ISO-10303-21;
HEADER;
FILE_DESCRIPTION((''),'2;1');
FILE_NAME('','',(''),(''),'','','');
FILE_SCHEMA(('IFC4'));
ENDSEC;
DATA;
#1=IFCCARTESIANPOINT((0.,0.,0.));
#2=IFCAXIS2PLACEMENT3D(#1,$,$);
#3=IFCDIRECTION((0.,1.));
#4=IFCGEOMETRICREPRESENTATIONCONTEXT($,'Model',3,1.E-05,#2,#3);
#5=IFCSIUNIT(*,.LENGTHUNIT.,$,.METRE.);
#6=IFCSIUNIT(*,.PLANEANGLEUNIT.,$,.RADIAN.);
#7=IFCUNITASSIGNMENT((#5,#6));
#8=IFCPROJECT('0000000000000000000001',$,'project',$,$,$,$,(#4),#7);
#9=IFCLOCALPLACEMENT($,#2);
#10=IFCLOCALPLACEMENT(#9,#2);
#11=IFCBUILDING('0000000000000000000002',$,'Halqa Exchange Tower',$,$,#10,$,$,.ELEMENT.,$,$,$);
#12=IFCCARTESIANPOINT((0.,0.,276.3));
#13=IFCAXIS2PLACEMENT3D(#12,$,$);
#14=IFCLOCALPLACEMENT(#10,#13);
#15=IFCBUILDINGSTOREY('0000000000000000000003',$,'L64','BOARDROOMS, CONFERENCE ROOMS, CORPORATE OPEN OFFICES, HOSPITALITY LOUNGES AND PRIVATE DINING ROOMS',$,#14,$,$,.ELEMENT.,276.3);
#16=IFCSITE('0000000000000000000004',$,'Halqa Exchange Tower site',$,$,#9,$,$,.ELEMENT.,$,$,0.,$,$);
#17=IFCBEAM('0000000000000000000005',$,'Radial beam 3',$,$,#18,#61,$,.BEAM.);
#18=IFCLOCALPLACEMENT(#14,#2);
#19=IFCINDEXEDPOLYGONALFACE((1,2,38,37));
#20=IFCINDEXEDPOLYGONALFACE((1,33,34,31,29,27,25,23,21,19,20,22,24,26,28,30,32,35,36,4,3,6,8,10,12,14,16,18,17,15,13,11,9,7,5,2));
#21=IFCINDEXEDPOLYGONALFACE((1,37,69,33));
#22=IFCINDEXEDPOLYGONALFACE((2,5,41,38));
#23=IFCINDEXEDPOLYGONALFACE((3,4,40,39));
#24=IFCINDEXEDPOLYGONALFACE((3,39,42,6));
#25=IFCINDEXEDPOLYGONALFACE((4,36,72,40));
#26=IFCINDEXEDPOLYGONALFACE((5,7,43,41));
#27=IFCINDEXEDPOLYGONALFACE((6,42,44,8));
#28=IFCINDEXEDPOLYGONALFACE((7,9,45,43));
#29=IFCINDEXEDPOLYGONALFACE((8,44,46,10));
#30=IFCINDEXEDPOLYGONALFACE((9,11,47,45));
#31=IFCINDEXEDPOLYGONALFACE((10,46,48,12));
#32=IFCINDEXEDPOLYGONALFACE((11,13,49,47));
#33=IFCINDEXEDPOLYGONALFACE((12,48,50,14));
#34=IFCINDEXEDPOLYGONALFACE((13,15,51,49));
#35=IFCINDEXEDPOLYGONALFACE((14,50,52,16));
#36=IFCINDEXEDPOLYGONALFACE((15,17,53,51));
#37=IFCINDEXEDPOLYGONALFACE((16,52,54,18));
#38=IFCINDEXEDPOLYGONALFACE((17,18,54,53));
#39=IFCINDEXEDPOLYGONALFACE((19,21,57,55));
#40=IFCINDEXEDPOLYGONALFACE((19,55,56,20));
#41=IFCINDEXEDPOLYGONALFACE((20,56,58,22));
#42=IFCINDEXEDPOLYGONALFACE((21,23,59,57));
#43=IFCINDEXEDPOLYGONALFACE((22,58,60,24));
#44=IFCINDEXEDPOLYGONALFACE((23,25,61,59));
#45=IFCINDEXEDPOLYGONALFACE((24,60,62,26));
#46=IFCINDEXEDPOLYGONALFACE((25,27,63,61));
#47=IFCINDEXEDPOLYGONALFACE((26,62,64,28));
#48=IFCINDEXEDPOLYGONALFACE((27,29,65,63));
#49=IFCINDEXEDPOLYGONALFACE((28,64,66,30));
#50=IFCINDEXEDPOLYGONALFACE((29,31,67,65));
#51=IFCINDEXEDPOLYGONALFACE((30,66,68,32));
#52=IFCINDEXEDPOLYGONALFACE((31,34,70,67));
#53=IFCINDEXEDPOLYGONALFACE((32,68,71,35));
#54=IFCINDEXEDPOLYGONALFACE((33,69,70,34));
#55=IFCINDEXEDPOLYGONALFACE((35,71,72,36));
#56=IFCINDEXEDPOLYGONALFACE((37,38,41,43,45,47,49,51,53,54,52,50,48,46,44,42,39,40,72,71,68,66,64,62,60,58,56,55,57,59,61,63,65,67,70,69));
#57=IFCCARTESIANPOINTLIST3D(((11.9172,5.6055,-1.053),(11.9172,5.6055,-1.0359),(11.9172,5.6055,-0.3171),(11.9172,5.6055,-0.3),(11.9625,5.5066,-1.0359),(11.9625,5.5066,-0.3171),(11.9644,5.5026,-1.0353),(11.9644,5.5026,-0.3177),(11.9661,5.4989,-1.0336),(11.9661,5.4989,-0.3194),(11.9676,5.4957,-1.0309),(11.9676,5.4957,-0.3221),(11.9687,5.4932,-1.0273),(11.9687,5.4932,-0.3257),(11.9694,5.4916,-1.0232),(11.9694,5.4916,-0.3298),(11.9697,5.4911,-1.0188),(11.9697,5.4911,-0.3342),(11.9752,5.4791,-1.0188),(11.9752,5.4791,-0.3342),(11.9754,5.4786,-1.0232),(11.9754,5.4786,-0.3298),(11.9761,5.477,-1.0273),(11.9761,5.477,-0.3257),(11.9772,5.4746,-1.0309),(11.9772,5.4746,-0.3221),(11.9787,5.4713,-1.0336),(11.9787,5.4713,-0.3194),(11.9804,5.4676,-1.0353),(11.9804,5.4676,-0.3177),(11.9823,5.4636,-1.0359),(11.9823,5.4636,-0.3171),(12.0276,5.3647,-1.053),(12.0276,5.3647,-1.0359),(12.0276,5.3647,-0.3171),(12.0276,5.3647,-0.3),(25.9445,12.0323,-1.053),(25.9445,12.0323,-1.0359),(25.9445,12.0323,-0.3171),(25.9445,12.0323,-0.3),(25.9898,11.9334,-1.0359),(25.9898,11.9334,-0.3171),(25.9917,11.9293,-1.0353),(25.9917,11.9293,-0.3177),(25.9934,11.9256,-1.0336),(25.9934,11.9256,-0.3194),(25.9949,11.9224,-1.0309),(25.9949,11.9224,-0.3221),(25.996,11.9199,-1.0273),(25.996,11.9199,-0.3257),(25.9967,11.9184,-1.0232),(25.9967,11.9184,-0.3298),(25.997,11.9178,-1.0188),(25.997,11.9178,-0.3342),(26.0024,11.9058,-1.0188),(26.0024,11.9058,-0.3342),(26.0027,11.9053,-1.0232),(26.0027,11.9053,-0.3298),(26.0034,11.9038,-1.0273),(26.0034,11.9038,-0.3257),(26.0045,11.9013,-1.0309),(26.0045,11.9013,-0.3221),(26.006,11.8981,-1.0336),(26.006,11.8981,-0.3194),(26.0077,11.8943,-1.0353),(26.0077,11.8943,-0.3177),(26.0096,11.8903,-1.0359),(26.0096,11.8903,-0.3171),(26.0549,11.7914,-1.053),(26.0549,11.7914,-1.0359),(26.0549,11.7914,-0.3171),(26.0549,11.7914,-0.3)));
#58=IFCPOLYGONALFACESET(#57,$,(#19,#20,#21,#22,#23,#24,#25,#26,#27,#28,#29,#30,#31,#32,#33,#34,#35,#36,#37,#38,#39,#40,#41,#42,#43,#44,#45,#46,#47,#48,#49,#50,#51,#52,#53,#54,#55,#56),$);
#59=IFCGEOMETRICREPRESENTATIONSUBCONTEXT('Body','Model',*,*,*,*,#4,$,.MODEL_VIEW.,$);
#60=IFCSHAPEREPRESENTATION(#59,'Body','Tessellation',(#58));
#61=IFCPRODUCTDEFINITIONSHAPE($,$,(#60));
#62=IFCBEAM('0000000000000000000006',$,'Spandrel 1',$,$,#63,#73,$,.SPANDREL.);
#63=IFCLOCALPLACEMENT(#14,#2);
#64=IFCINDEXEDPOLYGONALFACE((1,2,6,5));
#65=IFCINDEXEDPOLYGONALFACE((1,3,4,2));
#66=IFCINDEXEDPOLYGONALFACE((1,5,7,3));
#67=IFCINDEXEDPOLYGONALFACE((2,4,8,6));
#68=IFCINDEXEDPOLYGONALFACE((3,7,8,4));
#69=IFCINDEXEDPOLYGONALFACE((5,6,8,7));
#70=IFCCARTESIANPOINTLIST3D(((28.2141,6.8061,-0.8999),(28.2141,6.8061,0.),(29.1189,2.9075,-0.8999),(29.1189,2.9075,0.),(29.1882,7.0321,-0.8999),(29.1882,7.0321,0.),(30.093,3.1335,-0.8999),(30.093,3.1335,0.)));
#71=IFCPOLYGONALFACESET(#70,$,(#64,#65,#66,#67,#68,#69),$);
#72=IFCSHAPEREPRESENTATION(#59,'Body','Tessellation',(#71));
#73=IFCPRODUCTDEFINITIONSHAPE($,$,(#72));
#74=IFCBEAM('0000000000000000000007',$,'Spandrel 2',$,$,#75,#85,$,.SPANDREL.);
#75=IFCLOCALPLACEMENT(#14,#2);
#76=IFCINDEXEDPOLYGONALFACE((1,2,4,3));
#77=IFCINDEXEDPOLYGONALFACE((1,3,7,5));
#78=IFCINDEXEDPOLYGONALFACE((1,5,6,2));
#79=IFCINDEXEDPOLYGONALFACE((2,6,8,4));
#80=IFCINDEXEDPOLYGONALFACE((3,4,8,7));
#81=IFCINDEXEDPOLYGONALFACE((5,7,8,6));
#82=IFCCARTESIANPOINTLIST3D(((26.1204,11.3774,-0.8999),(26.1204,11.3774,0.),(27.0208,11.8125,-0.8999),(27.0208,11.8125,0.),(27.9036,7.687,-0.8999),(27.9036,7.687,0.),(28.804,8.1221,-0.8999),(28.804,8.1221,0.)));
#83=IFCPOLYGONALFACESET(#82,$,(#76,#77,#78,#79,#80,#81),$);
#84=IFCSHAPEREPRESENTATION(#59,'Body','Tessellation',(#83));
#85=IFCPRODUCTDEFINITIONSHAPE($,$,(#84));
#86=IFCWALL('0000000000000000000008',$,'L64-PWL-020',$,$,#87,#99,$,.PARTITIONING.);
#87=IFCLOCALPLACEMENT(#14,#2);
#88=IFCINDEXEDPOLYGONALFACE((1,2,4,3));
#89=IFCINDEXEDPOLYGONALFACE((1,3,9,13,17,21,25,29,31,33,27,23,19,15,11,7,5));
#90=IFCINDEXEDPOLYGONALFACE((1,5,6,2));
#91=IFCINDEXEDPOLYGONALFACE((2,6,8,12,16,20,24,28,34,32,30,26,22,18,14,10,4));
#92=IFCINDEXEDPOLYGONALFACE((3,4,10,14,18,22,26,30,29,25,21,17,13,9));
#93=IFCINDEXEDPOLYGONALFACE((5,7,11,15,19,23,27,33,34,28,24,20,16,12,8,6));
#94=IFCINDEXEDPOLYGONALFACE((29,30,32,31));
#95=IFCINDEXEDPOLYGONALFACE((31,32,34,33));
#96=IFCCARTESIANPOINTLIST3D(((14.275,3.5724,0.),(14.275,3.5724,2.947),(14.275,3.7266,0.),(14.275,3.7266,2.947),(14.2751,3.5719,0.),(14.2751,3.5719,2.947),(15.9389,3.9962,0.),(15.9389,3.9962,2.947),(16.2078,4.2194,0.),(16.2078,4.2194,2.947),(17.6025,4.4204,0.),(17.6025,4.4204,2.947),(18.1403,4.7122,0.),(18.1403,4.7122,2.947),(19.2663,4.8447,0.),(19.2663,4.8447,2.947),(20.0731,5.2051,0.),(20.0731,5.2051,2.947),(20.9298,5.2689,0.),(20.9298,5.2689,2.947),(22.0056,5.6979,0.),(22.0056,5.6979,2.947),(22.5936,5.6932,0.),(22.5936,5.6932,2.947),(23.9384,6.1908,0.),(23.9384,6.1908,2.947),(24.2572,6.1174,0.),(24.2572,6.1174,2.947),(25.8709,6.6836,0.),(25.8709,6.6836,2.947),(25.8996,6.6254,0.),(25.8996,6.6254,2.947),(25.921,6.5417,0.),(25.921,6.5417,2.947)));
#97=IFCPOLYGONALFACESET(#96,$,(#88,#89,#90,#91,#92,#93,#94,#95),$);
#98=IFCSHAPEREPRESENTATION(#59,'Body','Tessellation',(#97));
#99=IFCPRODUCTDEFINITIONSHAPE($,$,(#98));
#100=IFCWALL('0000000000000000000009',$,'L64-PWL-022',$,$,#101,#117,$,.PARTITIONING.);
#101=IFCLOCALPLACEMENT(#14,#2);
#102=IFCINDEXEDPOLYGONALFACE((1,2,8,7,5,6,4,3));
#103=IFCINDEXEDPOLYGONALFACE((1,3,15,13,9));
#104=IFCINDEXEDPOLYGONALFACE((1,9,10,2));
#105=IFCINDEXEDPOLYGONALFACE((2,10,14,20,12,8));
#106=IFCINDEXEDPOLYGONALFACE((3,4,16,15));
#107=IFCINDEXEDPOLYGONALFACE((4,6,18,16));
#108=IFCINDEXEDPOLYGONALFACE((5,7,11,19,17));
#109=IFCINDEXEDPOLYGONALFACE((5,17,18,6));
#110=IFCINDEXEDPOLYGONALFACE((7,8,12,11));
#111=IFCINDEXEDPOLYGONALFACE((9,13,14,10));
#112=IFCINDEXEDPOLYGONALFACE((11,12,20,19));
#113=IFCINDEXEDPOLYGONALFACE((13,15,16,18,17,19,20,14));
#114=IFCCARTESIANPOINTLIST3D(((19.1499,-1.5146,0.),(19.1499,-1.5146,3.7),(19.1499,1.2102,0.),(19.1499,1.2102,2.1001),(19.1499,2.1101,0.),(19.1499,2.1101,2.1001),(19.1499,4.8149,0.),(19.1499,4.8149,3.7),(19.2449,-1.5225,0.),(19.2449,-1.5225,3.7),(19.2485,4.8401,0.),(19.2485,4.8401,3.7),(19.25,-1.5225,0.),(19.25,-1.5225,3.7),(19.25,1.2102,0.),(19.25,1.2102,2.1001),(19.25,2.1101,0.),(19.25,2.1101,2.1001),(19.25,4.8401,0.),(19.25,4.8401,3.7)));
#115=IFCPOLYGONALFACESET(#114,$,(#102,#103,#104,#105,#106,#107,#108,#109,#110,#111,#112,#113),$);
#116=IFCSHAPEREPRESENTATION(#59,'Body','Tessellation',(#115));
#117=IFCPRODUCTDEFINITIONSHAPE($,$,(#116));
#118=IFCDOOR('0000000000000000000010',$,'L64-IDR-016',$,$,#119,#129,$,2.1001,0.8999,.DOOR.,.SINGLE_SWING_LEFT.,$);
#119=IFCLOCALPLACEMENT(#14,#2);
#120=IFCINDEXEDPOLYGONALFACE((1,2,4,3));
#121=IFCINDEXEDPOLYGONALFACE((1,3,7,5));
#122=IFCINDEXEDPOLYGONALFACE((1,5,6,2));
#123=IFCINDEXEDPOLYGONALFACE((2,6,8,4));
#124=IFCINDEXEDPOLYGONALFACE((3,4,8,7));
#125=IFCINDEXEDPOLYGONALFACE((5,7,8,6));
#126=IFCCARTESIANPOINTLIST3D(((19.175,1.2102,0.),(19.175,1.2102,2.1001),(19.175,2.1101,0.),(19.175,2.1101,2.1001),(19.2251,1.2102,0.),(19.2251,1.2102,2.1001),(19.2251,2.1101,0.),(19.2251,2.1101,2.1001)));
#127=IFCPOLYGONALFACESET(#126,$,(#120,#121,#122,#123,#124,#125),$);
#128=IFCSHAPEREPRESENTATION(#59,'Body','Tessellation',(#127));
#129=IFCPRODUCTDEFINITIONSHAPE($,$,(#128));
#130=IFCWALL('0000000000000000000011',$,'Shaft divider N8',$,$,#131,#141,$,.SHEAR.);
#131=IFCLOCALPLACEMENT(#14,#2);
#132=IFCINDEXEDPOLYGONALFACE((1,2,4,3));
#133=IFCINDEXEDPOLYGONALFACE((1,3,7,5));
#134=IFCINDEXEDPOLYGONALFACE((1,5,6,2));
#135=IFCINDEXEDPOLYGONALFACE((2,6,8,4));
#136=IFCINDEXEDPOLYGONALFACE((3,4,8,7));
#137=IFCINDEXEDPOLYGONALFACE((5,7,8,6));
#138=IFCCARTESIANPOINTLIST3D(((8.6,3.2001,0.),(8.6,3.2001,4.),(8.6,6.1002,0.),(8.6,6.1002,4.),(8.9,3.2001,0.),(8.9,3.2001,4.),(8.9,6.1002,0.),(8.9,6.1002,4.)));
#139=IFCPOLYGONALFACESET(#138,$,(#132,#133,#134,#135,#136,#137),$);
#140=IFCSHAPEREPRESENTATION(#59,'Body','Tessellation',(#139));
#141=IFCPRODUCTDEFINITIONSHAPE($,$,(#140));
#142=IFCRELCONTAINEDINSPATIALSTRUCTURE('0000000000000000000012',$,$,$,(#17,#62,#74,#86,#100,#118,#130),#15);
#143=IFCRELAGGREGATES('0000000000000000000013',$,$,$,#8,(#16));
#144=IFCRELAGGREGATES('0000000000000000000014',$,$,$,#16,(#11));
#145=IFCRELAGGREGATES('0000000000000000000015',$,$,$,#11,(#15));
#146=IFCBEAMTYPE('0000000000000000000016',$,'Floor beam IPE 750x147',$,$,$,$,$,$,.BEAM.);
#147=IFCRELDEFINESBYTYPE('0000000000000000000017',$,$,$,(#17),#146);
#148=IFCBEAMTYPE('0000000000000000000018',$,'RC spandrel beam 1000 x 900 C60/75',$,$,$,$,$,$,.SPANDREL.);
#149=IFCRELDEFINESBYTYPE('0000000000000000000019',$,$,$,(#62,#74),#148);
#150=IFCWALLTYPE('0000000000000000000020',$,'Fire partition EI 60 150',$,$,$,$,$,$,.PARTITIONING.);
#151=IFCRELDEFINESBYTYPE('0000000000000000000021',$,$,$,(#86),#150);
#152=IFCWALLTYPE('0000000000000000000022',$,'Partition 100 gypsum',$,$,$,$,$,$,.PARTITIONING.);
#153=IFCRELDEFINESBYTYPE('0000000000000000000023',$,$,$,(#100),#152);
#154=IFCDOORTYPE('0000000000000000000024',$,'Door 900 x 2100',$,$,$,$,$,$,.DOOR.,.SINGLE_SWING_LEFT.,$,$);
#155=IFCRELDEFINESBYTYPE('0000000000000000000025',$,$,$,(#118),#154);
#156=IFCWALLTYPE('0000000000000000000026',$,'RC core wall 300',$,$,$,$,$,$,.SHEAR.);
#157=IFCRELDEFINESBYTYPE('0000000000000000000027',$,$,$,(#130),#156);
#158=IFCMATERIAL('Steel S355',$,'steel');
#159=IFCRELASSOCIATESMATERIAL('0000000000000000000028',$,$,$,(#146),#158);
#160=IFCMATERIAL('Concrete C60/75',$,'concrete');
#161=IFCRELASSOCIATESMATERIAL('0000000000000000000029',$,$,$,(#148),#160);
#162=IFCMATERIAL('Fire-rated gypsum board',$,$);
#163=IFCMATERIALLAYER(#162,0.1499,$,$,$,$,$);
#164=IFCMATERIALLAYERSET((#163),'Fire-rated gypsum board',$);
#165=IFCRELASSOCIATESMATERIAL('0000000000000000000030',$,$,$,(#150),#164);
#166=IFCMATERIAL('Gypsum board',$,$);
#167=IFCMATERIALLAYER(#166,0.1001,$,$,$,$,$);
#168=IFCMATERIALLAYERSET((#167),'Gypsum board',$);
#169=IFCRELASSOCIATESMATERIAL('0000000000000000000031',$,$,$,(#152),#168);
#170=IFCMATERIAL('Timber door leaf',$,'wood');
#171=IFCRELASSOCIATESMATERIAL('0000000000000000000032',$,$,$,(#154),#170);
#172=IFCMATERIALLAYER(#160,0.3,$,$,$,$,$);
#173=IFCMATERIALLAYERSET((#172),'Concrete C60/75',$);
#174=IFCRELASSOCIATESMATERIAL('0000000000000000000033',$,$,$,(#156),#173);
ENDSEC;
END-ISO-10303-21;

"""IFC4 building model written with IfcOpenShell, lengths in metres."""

from ifc_helpers import new_model, si_unit, direction, frame, frame_2d, origin, origin_2d, place, context, subcontext, project, spatial, polyline, rectangle, i_section, outline, extrude, material, layer, layer_set, material_profile, profile_set, type_object, element, fill, save


model = new_model("IFC4")

# Units and contexts
model_context = context("Model", 3, precision=1e-05, world=origin(), true_north=direction((0.0, 1.0)))
body_context = subcontext(model_context, "Body", "Model", "MODEL_VIEW")
ifc_project = project(units=[si_unit("LENGTHUNIT", "METRE"), si_unit("PLANEANGLEUNIT", "RADIAN")], contexts=[model_context])

# Site, building, storey
site_placement = place(None, origin())
site = spatial("IfcSite", under=ifc_project, at=site_placement, Name="Halqa Exchange Tower site", CompositionType="ELEMENT", RefElevation=0.0)
building_placement = place(site_placement, origin())
building = spatial("IfcBuilding", under=site, at=building_placement, Name="Halqa Exchange Tower", CompositionType="ELEMENT")
storey_placement = place(building_placement, frame((0.0, 0.0, 276.3)))
storey = spatial("IfcBuildingStorey", under=building, at=storey_placement, Name="L64", Description="BOARDROOMS, CONFERENCE ROOMS, CORPORATE OPEN OFFICES, HOSPITALITY LOUNGES AND PRIVATE DINING ROOMS", CompositionType="ELEMENT", Elevation=276.3)

# Shared definitions
ifc_material_1 = material(Name="Concrete C60/75", Category="concrete")

# Beams
ifc_material_2 = material(Name="Steel S355", Category="steel")
ifc_material_profile_1 = material_profile(ifc_material_2, i_section(OverallWidth=0.2649, OverallDepth=0.7529, WebThickness=0.0132, FlangeThickness=0.0171, FilletRadius=0.0171, at=origin_2d()), Name="IPE 750x147")
ifc_profile_set_1 = profile_set([ifc_material_profile_1], Name="Steel S355")
beam_type_1 = type_object("IfcBeamType", Name="Floor beam IPE 750x147", PredefinedType="BEAM", material=ifc_profile_set_1)
beam_1_placement = place(storey_placement, frame((11.9724, 5.4851, -0.6765), z_axis=(0.909125, 0.416524, 0.0), x_axis=(-0.416524, 0.909125, 0.0)))
element("IfcBeam", 1, at=beam_1_placement, inside=storey, type_object=beam_type_1, Name="Radial beam 3", PredefinedType="BEAM", context=body_context, shape_type="SweptSolid", body=[
    extrude(i_section(OverallWidth=0.2649, OverallDepth=0.7529, WebThickness=0.0132, FlangeThickness=0.0171, FilletRadius=0.0171, at=origin_2d()), origin(), (0.0, 0.0, 1.0), 15.4294),
])
ifc_material_profile_2 = material_profile(ifc_material_1, rectangle(XDim=1.0, YDim=0.8999, at=origin_2d()), Name="1000 x 900")
ifc_profile_set_2 = profile_set([ifc_material_profile_2], Name="Concrete C60/75")
beam_type_2 = type_object("IfcBeamType", Name="RC spandrel beam 1000 x 900 C60/75", PredefinedType="SPANDREL", material=ifc_profile_set_2)
beam_2_placement = place(storey_placement, frame((29.606, 3.0205, -0.45), z_axis=(-0.226067, 0.974112, 0.0), x_axis=(-0.974112, -0.226067, 0.0)))
element("IfcBeam", 2, at=beam_2_placement, inside=storey, type_object=beam_type_2, Name="Spandrel 1", PredefinedType="SPANDREL", context=body_context, shape_type="SweptSolid", body=[
    extrude(rectangle(XDim=1.0, YDim=0.8999, at=origin_2d()), origin(), (0.0, 0.0, 1.0), 4.0022),
])
beam_3_placement = place(storey_placement, frame((28.3538, 7.9045, -0.45), z_axis=(-0.435069, 0.900397, 0.0), x_axis=(-0.900397, -0.435069, 0.0)))
element("IfcBeam", 3, at=beam_3_placement, inside=storey, type_object=beam_type_2, Name="Spandrel 2", PredefinedType="SPANDREL", context=body_context, shape_type="SweptSolid", body=[
    extrude(rectangle(XDim=1.0, YDim=0.8999, at=origin_2d()), origin(), (0.0, 0.0, 1.0), 4.0986),
])

# Wall
ifc_material_3 = material(Name="Fire-rated gypsum board")
ifc_layer_1 = layer(ifc_material_3, 0.1499)
ifc_layer_set_1 = layer_set([ifc_layer_1], Name="Fire-rated gypsum board")
wall_type_1 = type_object("IfcWallType", Name="Fire partition EI 60 150", PredefinedType="PARTITIONING", material=ifc_layer_set_1)
wall_1_placement = place(storey_placement, frame((14.2566, 3.6445, 0.0), z_axis=(0.0, 0.0, 1.0), x_axis=(0.968991, 0.247098, 0.0)))
element("IfcWall", 4, at=wall_1_placement, inside=storey, type_object=wall_type_1, Name="L64-PWL-020", PredefinedType="PARTITIONING", context=body_context, shape_type="SweptSolid", body=[
    extrude(outline(polyline([(12.0186, -0.075), (12.0186, 0.0115), (12.0051, 0.075), (10.0107, 0.075), (8.0161, 0.075), (6.0217, 0.075), (4.0271, 0.075), (2.0327, 0.075), (0.0381, 0.075), (0.0, -0.0745), (0.0, -0.075), (1.717, -0.075), (3.4338, -0.075), (5.1509, -0.075), (6.8677, -0.075), (8.5847, -0.075), (10.3015, -0.075), (12.0186, -0.075)])), origin(), (0.0, 0.0, 1.0), 2.947),
])

# Wall, opening, door
ifc_material_4 = material(Name="Gypsum board")
ifc_layer_2 = layer(ifc_material_4, 0.1001)
ifc_layer_set_2 = layer_set([ifc_layer_2], Name="Gypsum board")
wall_type_2 = type_object("IfcWallType", Name="Partition 100 gypsum", PredefinedType="PARTITIONING", material=ifc_layer_set_2)
wall_2_placement = place(storey_placement, frame((19.2, 4.8401, 0.0), z_axis=(0.0, 0.0, 1.0), x_axis=(0.0, -1.0, 0.0)))
wall_2 = element("IfcWall", 5, at=wall_2_placement, inside=storey, type_object=wall_type_2, Name="L64-PWL-022", PredefinedType="PARTITIONING", context=body_context, shape_type="SweptSolid", body=[
    extrude(outline(polyline([(0.0251, -0.05), (1.6074, -0.05), (3.1899, -0.05), (4.7722, -0.05), (6.3547, -0.05), (6.3625, 0.0449), (6.3625, 0.05), (4.772, 0.05), (3.1812, 0.05), (1.5906, 0.05), (0.0, 0.05), (0.0, 0.0486), (0.0251, -0.05)])), origin(), (0.0, 0.0, 1.0), 3.7),
])
opening_1_placement = place(wall_2_placement, frame((2.73, 0.0, 0.0)))
opening_1 = element("IfcOpeningElement", 6, at=opening_1_placement, cuts=wall_2, PredefinedType="OPENING", context=body_context, shape_type="SweptSolid", body=[
    extrude(rectangle(XDim=0.8999, YDim=2.1001, at=frame_2d((0.45, 1.05))), frame((0.0, 0.062, 0.0), z_axis=(0.0, -1.0, 0.0), x_axis=(1.0, 0.0, 0.0)), (0.0, 0.0, 1.0), 0.124),
])
ifc_material_5 = material(Name="Timber door leaf", Category="wood")
door_type = type_object("IfcDoorType", Name="Door 900 x 2100", OperationType="SINGLE_SWING_LEFT", PredefinedType="DOOR", material=ifc_material_5)
door_placement = place(opening_1_placement, frame((0.8999, 0.0, 0.0), z_axis=(0.0, 0.0, 1.0), x_axis=(-1.0, 0.0, 0.0)))
door = element("IfcDoor", 7, at=door_placement, inside=storey, type_object=door_type, Name="L64-IDR-016", OperationType="SINGLE_SWING_LEFT", OverallHeight=2.1001, OverallWidth=0.8999, PredefinedType="DOOR", context=body_context, shape_type="SweptSolid", body=[
    extrude(rectangle(XDim=0.8999, YDim=2.1001, at=frame_2d((0.45, 1.05))), frame((0.0, 0.0249, 0.0), z_axis=(0.0, -1.0, 0.0), x_axis=(1.0, 0.0, 0.0)), (0.0, 0.0, 1.0), 0.05),
])
fill(opening_1, door)

# Wall
ifc_layer_3 = layer(ifc_material_1, 0.3)
ifc_layer_set_3 = layer_set([ifc_layer_3], Name="Concrete C60/75")
wall_type_3 = type_object("IfcWallType", Name="RC core wall 300", PredefinedType="SHEAR", material=ifc_layer_set_3)
wall_3_placement = place(storey_placement, frame((8.75, 3.2, 0.0), z_axis=(0.0, 0.0, 1.0), x_axis=(0.0, 1.0, 0.0)))
element("IfcWall", 8, at=wall_3_placement, inside=storey, type_object=wall_type_3, Name="Shaft divider N8", PredefinedType="SHEAR", context=body_context, shape_type="SweptSolid", body=[
    extrude(rectangle(XDim=2.9001, YDim=0.3, at=frame_2d((1.4502, 0.0))), origin(), (0.0, 0.0, 1.0), 4.0),
])

save(model, "model.ifc")
